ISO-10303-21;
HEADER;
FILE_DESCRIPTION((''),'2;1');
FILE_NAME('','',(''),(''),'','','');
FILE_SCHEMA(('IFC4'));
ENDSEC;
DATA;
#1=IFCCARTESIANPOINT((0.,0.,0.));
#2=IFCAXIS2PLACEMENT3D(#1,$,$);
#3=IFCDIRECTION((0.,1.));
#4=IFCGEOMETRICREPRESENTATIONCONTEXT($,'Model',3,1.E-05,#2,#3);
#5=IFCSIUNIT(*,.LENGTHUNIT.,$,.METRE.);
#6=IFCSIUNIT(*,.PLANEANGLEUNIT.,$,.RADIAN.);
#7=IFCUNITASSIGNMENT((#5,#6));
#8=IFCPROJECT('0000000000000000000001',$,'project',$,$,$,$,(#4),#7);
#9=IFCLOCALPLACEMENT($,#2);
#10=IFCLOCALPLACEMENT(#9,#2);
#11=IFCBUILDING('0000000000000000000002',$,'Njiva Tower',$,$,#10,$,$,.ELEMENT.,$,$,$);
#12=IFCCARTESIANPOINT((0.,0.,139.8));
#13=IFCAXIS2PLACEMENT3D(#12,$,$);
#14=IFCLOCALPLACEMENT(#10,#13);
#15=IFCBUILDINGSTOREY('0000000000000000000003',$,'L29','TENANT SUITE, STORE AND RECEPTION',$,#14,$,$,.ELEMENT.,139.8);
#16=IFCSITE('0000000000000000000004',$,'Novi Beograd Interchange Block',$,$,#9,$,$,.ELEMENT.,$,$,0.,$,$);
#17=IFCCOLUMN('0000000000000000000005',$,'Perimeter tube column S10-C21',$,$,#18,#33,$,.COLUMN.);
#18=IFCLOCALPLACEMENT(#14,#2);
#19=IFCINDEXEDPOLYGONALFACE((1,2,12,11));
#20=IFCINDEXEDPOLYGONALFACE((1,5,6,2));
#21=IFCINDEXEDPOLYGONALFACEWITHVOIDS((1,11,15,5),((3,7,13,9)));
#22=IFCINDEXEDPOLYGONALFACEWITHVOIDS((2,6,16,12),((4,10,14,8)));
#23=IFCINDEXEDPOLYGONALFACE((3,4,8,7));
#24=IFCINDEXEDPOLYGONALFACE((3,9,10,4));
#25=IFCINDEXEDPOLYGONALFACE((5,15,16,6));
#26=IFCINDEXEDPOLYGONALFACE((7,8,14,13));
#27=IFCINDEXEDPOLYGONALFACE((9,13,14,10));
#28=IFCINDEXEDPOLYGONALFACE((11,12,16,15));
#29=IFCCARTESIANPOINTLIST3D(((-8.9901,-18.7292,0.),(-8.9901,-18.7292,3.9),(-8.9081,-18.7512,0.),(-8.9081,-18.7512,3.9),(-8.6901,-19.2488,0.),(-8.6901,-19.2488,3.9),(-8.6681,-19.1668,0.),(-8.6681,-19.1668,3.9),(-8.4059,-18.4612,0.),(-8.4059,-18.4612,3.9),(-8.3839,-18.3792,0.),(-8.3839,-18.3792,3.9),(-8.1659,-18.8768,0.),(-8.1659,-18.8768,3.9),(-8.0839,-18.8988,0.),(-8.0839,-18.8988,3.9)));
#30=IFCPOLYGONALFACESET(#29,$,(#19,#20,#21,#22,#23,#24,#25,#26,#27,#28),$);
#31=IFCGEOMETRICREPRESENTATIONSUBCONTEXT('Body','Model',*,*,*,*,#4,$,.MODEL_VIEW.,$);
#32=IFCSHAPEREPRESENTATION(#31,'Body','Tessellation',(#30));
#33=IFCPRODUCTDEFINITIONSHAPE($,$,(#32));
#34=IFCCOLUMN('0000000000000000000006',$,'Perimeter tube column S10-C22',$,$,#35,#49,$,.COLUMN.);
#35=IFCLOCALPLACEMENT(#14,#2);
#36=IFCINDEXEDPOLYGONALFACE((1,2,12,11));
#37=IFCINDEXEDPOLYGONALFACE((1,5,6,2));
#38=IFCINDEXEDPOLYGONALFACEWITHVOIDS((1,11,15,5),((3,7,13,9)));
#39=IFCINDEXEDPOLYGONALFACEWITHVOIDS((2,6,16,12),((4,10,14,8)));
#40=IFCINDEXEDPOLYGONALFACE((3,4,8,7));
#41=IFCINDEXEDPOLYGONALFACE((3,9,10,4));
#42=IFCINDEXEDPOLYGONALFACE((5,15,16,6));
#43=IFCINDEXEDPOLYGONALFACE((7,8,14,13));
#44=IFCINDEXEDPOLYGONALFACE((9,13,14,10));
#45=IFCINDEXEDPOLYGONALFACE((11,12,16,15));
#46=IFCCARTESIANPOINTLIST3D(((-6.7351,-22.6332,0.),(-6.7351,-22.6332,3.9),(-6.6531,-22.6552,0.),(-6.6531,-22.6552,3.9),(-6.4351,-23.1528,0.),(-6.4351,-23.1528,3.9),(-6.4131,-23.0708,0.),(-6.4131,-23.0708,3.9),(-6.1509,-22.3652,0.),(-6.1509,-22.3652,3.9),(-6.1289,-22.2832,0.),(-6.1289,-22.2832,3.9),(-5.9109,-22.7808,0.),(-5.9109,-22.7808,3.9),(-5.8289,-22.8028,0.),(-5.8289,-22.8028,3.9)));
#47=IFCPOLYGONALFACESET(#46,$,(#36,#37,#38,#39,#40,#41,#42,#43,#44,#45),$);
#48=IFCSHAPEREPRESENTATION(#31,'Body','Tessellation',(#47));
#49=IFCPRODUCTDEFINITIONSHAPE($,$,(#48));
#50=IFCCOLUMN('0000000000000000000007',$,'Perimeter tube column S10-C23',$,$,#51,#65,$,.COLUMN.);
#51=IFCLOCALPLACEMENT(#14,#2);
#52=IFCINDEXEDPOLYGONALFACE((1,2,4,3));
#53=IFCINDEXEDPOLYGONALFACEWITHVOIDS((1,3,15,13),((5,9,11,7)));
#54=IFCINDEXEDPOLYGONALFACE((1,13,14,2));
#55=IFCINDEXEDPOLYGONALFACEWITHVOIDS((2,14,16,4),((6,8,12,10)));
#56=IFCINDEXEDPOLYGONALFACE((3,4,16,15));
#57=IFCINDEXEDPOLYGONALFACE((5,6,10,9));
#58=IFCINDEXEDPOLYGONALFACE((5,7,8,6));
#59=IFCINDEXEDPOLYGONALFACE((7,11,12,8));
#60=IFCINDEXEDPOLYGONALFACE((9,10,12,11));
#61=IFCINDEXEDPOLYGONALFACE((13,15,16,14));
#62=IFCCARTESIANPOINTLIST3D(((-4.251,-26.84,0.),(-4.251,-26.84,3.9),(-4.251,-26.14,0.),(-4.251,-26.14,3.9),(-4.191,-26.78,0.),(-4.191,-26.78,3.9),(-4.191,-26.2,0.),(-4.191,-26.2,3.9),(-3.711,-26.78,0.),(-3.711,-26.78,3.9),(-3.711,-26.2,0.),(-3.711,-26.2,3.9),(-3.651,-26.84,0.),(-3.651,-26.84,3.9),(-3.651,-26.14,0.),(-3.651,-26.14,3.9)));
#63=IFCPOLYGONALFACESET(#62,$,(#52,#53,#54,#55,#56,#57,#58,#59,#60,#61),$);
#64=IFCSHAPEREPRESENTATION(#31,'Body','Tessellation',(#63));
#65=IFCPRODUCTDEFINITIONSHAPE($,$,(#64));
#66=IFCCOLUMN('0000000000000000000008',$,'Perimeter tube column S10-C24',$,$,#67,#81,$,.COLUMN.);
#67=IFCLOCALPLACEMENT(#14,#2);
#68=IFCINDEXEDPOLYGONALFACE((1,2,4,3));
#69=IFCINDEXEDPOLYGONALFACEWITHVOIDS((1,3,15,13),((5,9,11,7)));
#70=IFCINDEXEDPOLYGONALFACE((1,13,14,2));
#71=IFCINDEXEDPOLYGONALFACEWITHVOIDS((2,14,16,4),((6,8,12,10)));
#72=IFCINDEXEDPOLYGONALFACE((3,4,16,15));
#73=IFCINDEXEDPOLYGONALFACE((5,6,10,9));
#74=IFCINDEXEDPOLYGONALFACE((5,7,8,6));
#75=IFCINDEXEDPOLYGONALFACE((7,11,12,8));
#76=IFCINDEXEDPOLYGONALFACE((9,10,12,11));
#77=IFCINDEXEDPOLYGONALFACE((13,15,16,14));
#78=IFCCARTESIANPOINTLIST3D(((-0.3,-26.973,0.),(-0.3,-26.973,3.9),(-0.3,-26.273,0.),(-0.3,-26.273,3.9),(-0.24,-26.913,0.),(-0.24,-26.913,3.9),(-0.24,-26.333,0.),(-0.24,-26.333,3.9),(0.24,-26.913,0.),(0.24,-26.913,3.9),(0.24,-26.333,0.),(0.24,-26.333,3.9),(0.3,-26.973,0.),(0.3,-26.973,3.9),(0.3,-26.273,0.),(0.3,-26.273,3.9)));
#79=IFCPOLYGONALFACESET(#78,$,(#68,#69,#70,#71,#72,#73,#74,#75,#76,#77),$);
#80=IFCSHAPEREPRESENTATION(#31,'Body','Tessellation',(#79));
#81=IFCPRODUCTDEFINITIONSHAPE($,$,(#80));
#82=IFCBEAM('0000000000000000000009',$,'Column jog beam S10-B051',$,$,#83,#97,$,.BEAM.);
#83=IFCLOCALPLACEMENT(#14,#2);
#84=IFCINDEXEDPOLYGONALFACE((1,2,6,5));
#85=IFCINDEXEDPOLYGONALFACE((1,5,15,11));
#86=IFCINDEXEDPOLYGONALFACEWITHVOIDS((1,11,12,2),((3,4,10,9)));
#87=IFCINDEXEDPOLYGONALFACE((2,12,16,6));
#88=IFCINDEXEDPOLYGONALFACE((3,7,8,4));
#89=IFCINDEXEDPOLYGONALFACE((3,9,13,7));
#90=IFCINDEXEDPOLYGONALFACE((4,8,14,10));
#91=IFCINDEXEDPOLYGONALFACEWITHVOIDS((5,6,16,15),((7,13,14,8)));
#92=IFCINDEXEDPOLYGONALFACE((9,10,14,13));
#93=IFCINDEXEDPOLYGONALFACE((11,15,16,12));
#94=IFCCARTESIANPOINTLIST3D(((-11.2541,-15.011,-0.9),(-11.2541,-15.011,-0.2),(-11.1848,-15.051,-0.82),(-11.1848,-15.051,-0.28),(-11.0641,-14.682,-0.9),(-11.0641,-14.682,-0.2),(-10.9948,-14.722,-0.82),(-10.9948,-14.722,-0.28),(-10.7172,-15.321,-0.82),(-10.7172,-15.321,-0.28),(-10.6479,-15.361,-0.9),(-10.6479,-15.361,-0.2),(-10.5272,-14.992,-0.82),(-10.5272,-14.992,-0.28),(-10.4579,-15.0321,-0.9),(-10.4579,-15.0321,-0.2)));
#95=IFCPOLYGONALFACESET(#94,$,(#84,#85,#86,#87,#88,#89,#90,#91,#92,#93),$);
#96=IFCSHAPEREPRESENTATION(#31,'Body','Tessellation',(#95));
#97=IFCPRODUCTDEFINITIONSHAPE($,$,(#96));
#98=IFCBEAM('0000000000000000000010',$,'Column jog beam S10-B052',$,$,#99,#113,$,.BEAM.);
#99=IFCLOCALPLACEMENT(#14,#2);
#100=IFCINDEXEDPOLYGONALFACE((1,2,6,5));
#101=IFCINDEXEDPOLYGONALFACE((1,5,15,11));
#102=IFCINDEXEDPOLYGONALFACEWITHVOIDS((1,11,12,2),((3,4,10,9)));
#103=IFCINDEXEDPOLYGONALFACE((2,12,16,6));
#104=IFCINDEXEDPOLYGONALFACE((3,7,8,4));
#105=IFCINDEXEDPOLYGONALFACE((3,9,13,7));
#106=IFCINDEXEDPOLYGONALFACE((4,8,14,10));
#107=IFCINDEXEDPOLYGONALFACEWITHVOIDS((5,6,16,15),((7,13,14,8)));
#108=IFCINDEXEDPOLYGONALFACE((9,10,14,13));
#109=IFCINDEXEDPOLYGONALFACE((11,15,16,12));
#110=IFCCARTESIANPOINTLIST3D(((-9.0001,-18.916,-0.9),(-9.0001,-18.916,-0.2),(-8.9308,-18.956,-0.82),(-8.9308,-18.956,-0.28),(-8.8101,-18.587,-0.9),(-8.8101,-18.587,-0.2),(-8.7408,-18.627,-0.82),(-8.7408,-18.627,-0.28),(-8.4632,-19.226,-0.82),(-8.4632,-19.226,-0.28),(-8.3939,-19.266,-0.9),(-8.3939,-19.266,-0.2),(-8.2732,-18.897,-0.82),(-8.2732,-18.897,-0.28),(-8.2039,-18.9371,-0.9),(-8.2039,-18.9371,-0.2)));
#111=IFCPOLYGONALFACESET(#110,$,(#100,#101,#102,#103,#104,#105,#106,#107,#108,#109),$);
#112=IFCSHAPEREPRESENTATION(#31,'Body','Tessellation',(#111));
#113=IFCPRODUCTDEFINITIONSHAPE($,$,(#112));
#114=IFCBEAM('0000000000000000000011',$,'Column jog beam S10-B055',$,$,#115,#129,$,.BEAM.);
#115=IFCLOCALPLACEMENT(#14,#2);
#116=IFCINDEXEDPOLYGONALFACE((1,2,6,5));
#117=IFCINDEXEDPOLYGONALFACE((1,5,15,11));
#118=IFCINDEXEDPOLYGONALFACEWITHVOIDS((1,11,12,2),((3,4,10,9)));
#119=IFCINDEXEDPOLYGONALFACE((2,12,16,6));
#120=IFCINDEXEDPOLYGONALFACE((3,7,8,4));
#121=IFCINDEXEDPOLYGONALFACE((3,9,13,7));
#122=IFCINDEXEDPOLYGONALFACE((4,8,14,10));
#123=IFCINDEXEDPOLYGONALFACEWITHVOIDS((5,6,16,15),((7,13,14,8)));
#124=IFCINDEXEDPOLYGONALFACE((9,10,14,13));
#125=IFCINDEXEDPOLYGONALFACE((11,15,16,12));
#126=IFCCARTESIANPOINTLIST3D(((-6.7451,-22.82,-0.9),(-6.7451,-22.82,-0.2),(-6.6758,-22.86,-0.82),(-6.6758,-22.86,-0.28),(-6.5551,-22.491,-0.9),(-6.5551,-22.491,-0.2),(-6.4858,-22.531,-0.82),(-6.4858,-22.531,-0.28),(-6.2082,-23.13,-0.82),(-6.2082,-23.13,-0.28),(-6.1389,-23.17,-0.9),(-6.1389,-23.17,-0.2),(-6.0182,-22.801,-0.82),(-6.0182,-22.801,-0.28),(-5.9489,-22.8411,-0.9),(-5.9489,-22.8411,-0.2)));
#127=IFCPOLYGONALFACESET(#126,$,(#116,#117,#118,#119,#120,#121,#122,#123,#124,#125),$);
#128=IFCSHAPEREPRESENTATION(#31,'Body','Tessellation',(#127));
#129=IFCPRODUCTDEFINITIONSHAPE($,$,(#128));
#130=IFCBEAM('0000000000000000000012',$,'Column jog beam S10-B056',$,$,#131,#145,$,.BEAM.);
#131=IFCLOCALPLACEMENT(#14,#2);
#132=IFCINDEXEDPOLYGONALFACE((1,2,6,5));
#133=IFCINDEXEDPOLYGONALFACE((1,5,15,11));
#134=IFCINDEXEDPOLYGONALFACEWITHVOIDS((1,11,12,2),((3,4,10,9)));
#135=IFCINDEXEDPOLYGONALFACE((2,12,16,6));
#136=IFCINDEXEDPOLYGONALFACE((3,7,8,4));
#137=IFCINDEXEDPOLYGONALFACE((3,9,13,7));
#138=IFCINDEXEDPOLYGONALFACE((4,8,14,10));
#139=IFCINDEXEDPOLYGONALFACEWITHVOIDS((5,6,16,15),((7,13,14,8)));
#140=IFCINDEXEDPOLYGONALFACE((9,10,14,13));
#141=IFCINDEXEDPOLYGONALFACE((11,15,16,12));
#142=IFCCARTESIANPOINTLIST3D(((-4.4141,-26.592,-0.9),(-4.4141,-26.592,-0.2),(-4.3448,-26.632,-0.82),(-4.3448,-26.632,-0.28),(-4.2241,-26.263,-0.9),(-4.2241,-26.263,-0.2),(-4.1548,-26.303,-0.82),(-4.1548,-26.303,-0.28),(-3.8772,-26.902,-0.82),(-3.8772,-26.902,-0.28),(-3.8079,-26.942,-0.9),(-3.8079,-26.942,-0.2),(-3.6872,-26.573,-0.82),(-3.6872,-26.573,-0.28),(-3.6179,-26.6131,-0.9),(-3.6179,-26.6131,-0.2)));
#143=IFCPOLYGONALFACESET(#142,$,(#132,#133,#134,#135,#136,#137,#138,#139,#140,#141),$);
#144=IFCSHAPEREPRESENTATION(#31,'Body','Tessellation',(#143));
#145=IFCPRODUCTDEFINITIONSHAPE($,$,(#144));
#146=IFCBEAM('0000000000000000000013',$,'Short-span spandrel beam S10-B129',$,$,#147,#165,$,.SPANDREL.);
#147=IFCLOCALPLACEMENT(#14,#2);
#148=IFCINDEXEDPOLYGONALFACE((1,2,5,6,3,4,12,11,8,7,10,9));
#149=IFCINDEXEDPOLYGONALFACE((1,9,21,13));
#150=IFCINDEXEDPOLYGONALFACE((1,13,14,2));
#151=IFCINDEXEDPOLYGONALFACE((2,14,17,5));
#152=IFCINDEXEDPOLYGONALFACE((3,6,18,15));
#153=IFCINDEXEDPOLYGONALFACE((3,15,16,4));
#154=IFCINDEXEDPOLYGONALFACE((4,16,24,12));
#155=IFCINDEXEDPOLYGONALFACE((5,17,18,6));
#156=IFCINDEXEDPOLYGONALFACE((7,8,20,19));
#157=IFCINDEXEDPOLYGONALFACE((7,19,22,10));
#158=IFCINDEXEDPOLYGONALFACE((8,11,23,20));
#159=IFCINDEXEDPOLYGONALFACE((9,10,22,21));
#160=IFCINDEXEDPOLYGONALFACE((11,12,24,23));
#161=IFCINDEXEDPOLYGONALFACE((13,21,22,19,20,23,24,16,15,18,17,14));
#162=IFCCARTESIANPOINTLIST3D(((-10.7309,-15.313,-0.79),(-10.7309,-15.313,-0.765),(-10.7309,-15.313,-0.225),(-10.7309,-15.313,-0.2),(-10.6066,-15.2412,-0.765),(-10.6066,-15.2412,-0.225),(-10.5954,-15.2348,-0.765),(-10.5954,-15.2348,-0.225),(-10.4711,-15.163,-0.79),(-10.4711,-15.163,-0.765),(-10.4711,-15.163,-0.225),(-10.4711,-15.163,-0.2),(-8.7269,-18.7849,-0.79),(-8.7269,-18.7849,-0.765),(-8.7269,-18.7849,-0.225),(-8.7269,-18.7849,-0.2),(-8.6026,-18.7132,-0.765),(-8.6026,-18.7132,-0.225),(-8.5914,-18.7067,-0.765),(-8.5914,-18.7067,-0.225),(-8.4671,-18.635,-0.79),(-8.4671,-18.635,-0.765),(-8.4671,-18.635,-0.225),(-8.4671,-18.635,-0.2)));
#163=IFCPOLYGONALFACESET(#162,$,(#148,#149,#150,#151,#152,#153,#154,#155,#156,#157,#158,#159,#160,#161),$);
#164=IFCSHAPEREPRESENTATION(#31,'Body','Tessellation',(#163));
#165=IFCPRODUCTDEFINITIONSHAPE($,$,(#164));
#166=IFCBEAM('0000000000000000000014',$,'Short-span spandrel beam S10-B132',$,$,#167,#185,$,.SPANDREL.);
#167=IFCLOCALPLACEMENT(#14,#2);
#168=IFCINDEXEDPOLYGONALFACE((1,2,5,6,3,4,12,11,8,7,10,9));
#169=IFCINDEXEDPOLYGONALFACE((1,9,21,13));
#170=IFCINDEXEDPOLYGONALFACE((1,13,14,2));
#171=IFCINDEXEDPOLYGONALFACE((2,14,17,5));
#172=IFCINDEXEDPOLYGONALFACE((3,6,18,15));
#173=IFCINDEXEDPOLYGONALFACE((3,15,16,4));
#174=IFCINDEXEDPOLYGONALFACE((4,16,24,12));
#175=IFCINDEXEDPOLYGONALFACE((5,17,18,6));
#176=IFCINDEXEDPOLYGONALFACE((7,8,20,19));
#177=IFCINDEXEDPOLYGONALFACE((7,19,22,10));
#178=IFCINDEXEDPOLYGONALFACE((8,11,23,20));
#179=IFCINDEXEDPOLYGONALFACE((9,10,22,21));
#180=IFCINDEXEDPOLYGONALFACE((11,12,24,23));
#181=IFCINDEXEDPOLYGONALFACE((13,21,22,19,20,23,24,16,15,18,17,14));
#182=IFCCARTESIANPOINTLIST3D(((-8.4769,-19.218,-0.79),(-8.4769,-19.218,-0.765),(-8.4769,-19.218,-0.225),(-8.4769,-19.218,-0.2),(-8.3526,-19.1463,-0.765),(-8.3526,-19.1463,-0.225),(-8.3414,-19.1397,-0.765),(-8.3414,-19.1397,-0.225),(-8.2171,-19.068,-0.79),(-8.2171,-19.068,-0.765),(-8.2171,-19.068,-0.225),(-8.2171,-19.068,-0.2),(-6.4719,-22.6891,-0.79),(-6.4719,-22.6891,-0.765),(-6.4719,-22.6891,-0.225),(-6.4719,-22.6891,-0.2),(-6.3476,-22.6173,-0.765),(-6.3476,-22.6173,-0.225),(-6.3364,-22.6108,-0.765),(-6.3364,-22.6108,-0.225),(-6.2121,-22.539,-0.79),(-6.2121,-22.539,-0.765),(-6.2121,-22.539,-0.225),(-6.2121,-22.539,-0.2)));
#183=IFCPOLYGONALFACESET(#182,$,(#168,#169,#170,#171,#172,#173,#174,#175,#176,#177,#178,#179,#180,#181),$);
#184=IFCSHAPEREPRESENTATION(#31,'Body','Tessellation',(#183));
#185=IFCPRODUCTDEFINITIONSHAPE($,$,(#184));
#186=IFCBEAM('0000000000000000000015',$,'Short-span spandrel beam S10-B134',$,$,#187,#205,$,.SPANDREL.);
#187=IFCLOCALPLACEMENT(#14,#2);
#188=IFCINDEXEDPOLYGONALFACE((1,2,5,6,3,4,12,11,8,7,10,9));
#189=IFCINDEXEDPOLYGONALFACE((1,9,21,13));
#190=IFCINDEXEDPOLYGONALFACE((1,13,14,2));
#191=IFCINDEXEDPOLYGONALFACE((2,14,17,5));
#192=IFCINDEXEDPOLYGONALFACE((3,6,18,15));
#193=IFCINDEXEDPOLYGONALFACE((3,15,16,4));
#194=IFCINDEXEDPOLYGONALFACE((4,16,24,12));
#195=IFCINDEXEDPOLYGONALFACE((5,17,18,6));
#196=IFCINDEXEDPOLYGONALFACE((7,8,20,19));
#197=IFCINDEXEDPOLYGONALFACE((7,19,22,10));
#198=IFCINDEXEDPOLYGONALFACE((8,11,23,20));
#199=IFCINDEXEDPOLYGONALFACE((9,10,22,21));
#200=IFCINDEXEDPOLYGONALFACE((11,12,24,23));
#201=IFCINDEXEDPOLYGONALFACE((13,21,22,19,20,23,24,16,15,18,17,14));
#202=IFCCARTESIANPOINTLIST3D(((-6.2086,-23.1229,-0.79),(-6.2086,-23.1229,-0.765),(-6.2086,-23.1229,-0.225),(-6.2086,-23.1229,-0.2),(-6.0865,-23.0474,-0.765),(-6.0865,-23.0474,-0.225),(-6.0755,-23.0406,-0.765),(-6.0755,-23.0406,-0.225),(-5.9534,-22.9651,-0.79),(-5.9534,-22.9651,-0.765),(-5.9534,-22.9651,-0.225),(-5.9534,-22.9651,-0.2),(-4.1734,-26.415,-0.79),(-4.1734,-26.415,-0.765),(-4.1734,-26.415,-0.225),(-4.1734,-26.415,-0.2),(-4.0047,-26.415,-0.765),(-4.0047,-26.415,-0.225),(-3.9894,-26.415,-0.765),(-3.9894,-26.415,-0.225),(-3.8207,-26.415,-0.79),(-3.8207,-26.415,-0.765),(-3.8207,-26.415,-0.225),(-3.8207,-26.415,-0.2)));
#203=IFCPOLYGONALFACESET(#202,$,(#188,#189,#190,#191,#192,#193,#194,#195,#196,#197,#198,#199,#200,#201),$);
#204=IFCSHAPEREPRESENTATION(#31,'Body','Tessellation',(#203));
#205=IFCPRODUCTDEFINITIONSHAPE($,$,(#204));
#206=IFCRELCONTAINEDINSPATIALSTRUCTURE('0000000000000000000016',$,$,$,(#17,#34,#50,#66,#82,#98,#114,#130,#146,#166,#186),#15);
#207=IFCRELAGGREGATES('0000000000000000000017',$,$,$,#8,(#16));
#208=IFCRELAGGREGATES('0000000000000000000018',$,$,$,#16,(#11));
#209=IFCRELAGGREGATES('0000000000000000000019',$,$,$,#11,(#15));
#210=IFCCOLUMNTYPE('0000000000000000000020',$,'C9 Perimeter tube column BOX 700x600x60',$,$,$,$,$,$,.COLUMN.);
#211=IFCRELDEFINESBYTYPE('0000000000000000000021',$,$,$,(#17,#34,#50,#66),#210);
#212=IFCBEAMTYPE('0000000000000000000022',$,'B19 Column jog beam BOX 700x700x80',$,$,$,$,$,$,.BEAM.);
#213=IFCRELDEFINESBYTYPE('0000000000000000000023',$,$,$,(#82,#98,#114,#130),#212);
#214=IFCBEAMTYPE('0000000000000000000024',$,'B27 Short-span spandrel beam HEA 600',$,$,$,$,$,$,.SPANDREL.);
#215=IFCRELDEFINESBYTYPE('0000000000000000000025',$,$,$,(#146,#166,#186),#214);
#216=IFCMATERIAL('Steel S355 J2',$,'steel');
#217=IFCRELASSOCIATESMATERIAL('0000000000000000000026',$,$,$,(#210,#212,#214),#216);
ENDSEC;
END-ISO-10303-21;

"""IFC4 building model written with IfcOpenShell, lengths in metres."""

from ifc_helpers import new_model, si_unit, direction, frame, origin, origin_2d, place, context, subcontext, project, spatial, hollow_rectangle, i_section, extrude, clip, halfspace, material, material_profile, profile_set, type_object, element, save


model = new_model("IFC4")

# Units and contexts
model_context = context("Model", 3, precision=1e-05, world=origin(), true_north=direction((0.0, 1.0)))
body_context = subcontext(model_context, "Body", "Model", "MODEL_VIEW")
ifc_project = project(units=[si_unit("LENGTHUNIT", "METRE"), si_unit("PLANEANGLEUNIT", "RADIAN")], contexts=[model_context])

# Site, building, storey
site_placement = place(None, origin())
site = spatial("IfcSite", under=ifc_project, at=site_placement, Name="Novi Beograd Interchange Block", CompositionType="ELEMENT", RefElevation=0.0)
building_placement = place(site_placement, origin())
building = spatial("IfcBuilding", under=site, at=building_placement, Name="Njiva Tower", CompositionType="ELEMENT")
storey_placement = place(building_placement, frame((0.0, 0.0, 139.8)))
storey = spatial("IfcBuildingStorey", under=building, at=storey_placement, Name="L29", Description="TENANT SUITE, STORE AND RECEPTION", CompositionType="ELEMENT", Elevation=139.8)

# Columns
ifc_material_1 = material(Name="Steel S355 J2", Category="steel")
ifc_material_profile_1 = material_profile(ifc_material_1, hollow_rectangle(XDim=0.6, YDim=0.7, WallThickness=0.06, at=origin_2d()), Name="BOX 700x600x60")
ifc_profile_set_1 = profile_set([ifc_material_profile_1], Name="Steel S355 J2")
column_type = type_object("IfcColumnType", Name="C9 Perimeter tube column BOX 700x600x60", PredefinedType="COLUMN", material=ifc_profile_set_1)
for number, where, z_axis, x_axis, name in (
    (1, (-8.537, -18.814, 0.0), (0.0, 0.0, 1.0), (0.5, -0.866025, 0.0), "Perimeter tube column S10-C21"),
    (2, (-6.282, -22.718, 0.0), (0.0, 0.0, 1.0), (0.5, -0.866025, 0.0), "Perimeter tube column S10-C22"),
    (3, (-3.951, -26.49, 0.0), (0.0, 0.0, 1.0), (1.0, 0.0, 0.0), "Perimeter tube column S10-C23"),
    (4, (0.0, -26.623, 0.0), (0.0, 0.0, 1.0), (1.0, 0.0, 0.0), "Perimeter tube column S10-C24"),
):
    element("IfcColumn", number, at=place(storey_placement, frame(where, z_axis=z_axis, x_axis=x_axis)), inside=storey, type_object=column_type, Name=name, PredefinedType="COLUMN", context=body_context, shape_type="SweptSolid", body=[
        extrude(hollow_rectangle(XDim=0.6, YDim=0.7, WallThickness=0.06, at=origin_2d()), origin(), (0.0, 0.0, 1.0), 3.9),
    ])

# Beams
ifc_material_profile_2 = material_profile(ifc_material_1, hollow_rectangle(XDim=0.7, YDim=0.7, WallThickness=0.08, at=origin_2d()), Name="BOX 700x700x80")
ifc_profile_set_2 = profile_set([ifc_material_profile_2], Name="Steel S355 J2")
beam_type_1 = type_object("IfcBeamType", Name="B19 Column jog beam BOX 700x700x80", PredefinedType="BEAM", material=ifc_profile_set_2)
for number, where, z_axis, x_axis, name in (
    (5, (-10.951, -15.186, -0.55), (0.500102, 0.865966, 0.0), (-0.865966, 0.500102, 0.0), "Column jog beam S10-B051"),
    (6, (-8.697, -19.091, -0.55), (0.500102, 0.865966, 0.0), (-0.865966, 0.500102, 0.0), "Column jog beam S10-B052"),
    (7, (-6.442, -22.995, -0.55), (0.500102, 0.865966, 0.0), (-0.865966, 0.500102, 0.0), "Column jog beam S10-B055"),
    (8, (-4.111, -26.767, -0.55), (0.500102, 0.865966, 0.0), (-0.865966, 0.500102, 0.0), "Column jog beam S10-B056"),
):
    element("IfcBeam", number, at=place(storey_placement, frame(where, z_axis=z_axis, x_axis=x_axis)), inside=storey, type_object=beam_type_1, Name=name, PredefinedType="BEAM", context=body_context, shape_type="SweptSolid", body=[
        extrude(hollow_rectangle(XDim=0.7, YDim=0.7, WallThickness=0.08, at=origin_2d()), origin(), (0.0, 0.0, 1.0), 0.3799),
    ])
ifc_material_profile_3 = material_profile(ifc_material_1, i_section(OverallWidth=0.3, OverallDepth=0.59, WebThickness=0.013, FlangeThickness=0.025, at=origin_2d()), Name="HEA 600")
ifc_profile_set_3 = profile_set([ifc_material_profile_3], Name="Steel S355 J2")
beam_type_2 = type_object("IfcBeamType", Name="B27 Short-span spandrel beam HEA 600", PredefinedType="SPANDREL", material=ifc_profile_set_3)
beam_1_placement = place(storey_placement, frame((-10.601, -15.238, -0.495), z_axis=(0.499895, -0.866086, 0.0), x_axis=(0.866086, 0.499895, 0.0)))
element("IfcBeam", 9, at=beam_1_placement, inside=storey, type_object=beam_type_2, Name="Short-span spandrel beam S10-B129", PredefinedType="SPANDREL", context=body_context, shape_type="SweptSolid", body=[
    extrude(i_section(OverallWidth=0.3, OverallDepth=0.59, WebThickness=0.013, FlangeThickness=0.025, at=origin_2d()), origin(), (0.0, 0.0, 1.0), 4.0088),
])
beam_2_placement = place(storey_placement, frame((-8.347, -19.143, -0.495), z_axis=(0.50019, -0.865915, 0.0), x_axis=(0.865915, 0.50019, 0.0)))
element("IfcBeam", 10, at=beam_2_placement, inside=storey, type_object=beam_type_2, Name="Short-span spandrel beam S10-B132", PredefinedType="SPANDREL", context=body_context, shape_type="SweptSolid", body=[
    extrude(i_section(OverallWidth=0.3, OverallDepth=0.59, WebThickness=0.013, FlangeThickness=0.025, at=origin_2d()), origin(), (0.0, 0.0, 1.0), 4.0085),
])
beam_3_placement = place(storey_placement, frame((-6.081, -23.044, -0.495), z_axis=(0.525842, -0.850582, 0.0), x_axis=(0.850582, 0.525842, 0.0)))
element("IfcBeam", 11, at=beam_3_placement, inside=storey, type_object=beam_type_2, Name="Short-span spandrel beam S10-B134", PredefinedType="SPANDREL", context=body_context, shape_type="Clipping", body=[
    clip(extrude(i_section(OverallWidth=0.3, OverallDepth=0.59, WebThickness=0.013, FlangeThickness=0.025, at=origin_2d()), origin(), (0.0, 0.0, 1.0), 4.0762), halfspace(frame((-0.0266, 0.0, 3.9467), z_axis=(-0.525842, 0.0, 0.850582), x_axis=(0.0, 1.0, 0.0)), False)),
])

save(model, "model.ifc")
